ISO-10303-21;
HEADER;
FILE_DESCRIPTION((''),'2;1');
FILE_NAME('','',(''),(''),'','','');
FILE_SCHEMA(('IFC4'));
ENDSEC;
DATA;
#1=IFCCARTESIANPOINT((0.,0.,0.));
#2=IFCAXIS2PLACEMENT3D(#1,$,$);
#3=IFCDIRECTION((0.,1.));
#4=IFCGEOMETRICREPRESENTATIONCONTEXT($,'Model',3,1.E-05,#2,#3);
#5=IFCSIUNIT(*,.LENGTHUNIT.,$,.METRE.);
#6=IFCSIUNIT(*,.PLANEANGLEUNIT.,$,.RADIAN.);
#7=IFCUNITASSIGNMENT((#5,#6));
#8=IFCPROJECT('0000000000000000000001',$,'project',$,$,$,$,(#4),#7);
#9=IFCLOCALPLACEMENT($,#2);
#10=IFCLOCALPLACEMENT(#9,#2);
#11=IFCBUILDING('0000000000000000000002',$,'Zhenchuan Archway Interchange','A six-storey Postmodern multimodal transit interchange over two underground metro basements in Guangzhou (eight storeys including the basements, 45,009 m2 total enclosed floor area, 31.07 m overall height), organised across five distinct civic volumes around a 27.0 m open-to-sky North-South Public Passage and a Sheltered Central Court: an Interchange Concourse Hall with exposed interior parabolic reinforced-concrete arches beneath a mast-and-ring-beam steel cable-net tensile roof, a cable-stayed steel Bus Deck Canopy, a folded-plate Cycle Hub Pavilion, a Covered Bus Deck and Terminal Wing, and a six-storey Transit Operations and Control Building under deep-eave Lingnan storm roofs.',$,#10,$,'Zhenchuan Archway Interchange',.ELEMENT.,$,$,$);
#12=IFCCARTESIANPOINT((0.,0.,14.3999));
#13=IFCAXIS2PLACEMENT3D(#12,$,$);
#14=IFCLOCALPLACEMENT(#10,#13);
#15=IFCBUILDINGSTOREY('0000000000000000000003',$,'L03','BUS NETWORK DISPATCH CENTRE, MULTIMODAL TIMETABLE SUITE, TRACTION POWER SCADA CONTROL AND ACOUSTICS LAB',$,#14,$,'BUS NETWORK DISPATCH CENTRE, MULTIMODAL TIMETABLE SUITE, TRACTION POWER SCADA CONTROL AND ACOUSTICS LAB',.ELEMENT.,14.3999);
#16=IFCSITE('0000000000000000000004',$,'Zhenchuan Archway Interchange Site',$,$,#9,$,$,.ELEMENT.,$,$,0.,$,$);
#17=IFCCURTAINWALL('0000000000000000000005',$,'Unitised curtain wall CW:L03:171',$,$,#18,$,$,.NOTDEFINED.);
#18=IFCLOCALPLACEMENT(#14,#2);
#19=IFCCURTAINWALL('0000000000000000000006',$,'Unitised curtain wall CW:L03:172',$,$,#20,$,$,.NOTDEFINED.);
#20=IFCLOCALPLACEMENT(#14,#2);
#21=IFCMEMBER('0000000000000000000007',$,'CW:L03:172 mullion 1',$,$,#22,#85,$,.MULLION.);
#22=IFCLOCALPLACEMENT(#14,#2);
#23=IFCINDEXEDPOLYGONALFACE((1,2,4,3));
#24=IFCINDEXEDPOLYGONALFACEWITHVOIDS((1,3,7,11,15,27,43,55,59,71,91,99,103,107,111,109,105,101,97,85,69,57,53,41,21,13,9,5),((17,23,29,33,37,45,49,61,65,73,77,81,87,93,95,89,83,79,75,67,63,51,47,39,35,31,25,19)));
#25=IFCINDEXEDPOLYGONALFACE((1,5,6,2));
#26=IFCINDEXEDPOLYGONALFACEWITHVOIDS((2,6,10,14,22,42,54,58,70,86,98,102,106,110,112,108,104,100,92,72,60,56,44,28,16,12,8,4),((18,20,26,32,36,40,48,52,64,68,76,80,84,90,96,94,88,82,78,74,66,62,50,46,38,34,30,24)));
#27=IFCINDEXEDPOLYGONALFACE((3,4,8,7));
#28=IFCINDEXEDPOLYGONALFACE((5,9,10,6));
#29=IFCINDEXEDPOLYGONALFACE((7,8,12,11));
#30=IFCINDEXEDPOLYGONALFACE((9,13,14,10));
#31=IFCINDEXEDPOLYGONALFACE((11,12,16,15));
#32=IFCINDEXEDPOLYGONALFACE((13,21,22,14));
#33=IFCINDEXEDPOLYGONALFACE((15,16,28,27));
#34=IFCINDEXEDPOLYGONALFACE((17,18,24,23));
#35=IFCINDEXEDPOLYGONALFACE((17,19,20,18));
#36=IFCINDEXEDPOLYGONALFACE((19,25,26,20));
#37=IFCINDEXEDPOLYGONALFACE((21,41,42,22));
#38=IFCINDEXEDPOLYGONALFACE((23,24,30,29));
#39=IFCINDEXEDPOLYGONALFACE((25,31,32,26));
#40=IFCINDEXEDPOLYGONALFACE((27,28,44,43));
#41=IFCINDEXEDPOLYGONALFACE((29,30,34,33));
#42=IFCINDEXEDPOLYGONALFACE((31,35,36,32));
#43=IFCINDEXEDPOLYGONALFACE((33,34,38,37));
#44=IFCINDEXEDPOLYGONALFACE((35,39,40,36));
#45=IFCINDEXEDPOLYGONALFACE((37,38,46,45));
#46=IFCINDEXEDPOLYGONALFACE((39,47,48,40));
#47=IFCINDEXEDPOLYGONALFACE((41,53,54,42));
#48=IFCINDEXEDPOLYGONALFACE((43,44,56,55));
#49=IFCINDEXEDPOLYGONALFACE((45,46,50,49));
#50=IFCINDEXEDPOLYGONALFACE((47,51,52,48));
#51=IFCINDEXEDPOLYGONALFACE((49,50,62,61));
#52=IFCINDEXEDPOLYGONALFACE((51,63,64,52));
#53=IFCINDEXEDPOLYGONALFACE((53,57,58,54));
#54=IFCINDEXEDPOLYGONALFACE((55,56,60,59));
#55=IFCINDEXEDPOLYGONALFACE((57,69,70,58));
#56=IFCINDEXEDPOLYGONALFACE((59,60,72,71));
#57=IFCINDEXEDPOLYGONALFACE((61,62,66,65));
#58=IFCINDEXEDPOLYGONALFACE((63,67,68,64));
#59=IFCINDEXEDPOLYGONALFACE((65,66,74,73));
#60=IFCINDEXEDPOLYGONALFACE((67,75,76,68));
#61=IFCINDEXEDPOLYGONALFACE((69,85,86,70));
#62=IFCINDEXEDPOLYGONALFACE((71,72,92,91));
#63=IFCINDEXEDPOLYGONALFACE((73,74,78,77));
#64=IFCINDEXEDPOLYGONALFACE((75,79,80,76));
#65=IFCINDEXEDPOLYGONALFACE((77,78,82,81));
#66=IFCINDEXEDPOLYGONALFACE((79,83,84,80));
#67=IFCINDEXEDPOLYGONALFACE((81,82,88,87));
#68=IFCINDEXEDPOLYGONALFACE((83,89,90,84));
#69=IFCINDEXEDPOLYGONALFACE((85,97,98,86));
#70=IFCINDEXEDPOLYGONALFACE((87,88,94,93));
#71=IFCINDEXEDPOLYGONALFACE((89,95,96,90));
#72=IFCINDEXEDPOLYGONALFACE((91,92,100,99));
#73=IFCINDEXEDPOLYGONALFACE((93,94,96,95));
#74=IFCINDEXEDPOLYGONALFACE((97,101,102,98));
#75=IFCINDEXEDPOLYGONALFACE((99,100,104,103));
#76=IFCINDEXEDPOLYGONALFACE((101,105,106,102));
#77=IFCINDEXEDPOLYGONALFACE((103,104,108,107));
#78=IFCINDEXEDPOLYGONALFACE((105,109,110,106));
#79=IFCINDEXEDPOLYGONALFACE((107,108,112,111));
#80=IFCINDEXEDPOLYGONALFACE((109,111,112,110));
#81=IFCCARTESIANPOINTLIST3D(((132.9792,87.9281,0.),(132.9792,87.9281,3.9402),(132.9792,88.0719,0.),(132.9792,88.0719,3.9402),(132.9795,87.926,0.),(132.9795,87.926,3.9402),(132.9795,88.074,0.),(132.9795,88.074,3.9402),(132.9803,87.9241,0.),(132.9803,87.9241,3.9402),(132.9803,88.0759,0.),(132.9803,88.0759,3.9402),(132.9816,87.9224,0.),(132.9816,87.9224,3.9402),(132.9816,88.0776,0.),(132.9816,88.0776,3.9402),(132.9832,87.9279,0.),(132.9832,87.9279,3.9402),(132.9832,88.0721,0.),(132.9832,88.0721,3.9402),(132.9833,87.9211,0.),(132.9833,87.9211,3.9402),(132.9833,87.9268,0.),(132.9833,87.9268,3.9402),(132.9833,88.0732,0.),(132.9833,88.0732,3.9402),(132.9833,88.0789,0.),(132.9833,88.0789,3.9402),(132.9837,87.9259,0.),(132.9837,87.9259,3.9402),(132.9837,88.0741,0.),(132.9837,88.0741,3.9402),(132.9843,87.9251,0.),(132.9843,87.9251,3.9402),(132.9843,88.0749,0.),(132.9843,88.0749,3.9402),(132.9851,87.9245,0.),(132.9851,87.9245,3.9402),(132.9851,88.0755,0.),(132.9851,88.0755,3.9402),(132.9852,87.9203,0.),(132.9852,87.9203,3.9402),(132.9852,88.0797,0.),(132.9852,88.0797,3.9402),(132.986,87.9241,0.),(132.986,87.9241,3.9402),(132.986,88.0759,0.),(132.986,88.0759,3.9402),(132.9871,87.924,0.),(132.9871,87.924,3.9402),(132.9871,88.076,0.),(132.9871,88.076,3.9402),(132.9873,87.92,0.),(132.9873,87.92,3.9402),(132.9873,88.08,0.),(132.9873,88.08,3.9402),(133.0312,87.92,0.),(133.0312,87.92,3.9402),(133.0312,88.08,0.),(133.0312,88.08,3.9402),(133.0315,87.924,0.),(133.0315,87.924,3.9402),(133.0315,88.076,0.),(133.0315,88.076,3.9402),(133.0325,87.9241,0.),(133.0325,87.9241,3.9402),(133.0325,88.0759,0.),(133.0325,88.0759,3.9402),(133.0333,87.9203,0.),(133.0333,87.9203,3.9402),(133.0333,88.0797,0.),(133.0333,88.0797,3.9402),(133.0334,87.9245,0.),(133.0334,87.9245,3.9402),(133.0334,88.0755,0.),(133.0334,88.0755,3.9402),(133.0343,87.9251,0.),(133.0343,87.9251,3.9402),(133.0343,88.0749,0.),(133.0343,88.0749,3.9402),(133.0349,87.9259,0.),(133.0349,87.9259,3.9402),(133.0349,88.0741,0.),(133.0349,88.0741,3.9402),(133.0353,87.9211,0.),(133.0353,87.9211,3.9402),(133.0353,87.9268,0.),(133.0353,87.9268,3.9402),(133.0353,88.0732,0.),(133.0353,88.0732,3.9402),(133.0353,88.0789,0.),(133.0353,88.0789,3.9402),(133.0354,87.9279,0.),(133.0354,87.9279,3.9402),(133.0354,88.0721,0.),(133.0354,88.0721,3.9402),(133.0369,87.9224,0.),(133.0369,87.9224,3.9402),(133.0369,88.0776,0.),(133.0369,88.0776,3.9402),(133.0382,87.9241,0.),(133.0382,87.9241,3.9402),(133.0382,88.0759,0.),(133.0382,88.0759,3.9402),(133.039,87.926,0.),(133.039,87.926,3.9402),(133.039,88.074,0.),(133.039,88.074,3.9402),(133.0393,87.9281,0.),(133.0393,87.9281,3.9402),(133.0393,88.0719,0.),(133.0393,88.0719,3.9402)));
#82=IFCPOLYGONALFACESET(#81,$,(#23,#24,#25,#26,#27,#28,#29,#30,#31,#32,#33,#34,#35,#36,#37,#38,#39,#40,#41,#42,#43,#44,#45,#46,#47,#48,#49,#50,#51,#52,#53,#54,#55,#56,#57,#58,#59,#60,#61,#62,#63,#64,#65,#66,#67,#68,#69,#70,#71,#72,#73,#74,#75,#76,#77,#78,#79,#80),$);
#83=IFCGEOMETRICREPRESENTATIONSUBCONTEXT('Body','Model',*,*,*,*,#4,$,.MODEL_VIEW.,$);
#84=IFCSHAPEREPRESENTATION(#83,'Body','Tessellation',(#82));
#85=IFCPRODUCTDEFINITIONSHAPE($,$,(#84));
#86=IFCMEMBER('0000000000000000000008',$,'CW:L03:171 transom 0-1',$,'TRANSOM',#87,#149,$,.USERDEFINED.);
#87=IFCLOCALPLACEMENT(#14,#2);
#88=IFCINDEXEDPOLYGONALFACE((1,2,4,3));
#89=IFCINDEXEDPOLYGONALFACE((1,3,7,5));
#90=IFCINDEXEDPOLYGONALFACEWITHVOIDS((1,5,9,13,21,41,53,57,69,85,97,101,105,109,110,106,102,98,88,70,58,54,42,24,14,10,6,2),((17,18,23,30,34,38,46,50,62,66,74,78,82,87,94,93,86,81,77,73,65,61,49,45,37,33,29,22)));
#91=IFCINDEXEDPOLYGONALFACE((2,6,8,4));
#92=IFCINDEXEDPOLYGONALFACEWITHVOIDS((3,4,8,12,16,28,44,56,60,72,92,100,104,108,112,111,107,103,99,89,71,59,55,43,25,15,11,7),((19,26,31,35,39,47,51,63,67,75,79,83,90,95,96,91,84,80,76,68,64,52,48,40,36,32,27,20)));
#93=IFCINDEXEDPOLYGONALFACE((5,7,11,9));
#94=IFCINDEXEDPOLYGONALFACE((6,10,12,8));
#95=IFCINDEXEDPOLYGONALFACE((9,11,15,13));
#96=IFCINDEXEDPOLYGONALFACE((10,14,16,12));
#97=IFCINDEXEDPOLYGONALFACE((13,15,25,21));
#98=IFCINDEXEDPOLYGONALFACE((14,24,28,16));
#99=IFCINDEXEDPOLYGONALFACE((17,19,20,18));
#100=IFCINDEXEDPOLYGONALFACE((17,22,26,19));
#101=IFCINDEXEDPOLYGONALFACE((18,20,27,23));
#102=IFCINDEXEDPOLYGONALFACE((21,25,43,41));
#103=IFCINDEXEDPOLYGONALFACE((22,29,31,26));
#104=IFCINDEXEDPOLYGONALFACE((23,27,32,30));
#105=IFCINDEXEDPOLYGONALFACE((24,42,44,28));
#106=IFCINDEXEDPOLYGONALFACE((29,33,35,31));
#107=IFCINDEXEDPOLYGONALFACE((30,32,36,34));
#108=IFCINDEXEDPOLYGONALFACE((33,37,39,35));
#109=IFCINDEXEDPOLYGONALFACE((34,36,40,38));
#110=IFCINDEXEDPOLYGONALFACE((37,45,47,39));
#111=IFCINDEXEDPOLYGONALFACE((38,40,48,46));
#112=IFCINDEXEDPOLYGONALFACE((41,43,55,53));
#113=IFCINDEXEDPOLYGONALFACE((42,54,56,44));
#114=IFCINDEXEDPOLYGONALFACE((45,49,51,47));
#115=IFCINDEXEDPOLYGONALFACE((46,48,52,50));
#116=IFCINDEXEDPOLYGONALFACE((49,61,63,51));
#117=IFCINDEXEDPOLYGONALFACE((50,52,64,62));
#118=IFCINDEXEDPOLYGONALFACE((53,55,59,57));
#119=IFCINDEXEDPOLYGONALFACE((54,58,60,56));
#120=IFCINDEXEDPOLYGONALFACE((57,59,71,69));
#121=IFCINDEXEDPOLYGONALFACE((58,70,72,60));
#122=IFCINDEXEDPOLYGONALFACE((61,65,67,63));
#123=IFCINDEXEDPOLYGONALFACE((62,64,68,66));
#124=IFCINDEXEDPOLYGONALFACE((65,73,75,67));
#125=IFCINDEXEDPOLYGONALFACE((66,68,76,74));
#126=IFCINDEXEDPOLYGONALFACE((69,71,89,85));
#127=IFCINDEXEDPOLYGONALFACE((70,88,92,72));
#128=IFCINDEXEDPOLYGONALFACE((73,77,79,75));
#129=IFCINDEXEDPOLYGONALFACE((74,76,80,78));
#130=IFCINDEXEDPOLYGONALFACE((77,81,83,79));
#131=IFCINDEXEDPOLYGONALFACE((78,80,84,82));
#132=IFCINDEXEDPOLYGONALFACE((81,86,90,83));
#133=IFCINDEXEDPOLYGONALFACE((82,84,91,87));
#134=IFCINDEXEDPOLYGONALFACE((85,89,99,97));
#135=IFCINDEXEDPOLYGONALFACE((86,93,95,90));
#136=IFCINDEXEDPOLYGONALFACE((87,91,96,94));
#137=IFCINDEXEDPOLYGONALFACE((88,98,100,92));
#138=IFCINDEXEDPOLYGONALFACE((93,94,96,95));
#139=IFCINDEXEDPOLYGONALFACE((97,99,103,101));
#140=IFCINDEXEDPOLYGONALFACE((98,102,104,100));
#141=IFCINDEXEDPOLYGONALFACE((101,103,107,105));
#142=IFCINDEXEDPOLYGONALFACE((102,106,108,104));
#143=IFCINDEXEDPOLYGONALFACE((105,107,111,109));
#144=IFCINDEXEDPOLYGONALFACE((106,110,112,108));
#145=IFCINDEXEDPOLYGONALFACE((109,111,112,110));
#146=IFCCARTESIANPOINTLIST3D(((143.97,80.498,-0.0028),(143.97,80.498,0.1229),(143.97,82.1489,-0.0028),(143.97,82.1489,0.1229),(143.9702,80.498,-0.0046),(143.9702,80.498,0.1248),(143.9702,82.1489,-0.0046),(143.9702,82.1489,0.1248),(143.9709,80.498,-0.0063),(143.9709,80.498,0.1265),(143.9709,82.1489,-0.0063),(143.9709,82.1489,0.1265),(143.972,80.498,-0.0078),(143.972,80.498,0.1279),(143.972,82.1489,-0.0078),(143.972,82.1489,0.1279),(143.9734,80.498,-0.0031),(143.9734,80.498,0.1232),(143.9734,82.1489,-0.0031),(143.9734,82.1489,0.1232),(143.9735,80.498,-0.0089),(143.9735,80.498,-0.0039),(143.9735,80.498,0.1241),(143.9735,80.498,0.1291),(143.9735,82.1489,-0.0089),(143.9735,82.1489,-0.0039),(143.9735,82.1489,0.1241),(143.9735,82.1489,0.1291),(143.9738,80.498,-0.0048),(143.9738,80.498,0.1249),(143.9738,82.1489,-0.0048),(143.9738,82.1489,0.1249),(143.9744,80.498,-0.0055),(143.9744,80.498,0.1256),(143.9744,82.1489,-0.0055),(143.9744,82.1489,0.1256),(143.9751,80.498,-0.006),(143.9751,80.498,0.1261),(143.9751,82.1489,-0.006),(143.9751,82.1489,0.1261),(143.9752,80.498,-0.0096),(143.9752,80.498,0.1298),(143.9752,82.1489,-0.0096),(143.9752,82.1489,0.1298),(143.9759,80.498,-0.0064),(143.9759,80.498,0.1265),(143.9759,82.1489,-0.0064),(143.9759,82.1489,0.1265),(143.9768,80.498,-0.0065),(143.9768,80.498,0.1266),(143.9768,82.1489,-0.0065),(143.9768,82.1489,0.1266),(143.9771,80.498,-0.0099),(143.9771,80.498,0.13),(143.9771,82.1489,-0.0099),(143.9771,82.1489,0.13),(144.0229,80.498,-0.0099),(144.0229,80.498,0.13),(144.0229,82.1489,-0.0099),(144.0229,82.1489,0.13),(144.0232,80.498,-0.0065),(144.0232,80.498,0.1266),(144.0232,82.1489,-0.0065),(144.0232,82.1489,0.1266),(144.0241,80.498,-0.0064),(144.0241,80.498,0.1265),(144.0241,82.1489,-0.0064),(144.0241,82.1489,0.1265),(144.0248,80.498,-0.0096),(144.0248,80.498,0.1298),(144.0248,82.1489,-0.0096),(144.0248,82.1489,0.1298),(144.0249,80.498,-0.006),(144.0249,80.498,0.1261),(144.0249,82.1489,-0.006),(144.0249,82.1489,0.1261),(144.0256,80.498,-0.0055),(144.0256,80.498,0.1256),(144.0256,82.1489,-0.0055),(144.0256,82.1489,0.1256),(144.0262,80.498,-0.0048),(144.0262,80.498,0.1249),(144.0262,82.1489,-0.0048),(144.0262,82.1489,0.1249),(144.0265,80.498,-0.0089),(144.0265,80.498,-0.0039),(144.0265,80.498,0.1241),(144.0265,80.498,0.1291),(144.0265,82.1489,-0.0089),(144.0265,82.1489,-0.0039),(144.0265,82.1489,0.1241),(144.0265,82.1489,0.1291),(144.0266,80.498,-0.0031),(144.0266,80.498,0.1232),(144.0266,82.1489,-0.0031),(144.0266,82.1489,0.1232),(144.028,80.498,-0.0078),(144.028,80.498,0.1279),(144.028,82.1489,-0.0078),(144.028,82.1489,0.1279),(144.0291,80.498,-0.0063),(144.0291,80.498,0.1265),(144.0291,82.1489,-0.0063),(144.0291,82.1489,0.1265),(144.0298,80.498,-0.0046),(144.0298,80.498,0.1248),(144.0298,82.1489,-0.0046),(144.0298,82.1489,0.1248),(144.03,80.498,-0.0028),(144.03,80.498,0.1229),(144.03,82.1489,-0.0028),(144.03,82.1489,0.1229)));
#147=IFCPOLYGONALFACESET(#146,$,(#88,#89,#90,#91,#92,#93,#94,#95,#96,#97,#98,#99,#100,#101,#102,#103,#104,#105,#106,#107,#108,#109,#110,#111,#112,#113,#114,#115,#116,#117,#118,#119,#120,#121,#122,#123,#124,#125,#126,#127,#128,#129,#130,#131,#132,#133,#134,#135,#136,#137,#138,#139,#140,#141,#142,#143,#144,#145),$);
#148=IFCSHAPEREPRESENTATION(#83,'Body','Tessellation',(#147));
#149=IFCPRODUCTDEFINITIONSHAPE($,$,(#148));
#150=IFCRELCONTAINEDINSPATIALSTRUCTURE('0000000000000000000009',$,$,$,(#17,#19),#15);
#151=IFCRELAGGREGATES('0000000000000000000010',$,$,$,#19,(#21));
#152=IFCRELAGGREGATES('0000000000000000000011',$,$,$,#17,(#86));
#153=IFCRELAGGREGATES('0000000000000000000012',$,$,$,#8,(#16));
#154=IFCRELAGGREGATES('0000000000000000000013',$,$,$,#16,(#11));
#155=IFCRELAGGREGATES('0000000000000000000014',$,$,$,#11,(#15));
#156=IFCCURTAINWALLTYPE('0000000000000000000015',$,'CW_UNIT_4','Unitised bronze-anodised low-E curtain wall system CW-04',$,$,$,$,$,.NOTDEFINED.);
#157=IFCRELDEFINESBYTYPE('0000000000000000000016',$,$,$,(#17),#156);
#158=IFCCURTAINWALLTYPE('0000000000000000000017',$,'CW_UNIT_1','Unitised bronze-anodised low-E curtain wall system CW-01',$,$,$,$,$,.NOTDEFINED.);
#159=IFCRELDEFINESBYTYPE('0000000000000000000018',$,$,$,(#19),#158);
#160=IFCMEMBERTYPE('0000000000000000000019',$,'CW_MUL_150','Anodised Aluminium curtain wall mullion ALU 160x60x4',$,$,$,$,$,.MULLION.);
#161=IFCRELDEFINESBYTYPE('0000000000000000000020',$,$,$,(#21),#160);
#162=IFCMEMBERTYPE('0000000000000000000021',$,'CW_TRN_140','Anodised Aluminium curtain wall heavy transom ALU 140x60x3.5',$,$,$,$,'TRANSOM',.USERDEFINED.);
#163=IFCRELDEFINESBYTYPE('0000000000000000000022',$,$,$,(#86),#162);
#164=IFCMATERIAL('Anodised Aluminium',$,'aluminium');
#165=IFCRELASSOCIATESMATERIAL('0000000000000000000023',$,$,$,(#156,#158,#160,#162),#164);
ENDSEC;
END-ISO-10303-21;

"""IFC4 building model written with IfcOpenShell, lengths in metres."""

from ifc_helpers import new_model, si_unit, direction, frame, origin, origin_2d, place, context, subcontext, project, spatial, hollow_rectangle, extrude, material, material_profile, profile_set, type_object, element, aggregate, save


model = new_model("IFC4")

# Units and contexts
model_context = context("Model", 3, precision=1e-05, world=origin(), true_north=direction((0.0, 1.0)))
body_context = subcontext(model_context, "Body", "Model", "MODEL_VIEW")
ifc_project = project(units=[si_unit("LENGTHUNIT", "METRE"), si_unit("PLANEANGLEUNIT", "RADIAN")], contexts=[model_context])

# Site, building, storey
site_placement = place(None, origin())
site = spatial("IfcSite", under=ifc_project, at=site_placement, Name="Zhenchuan Archway Interchange Site", CompositionType="ELEMENT", RefElevation=0.0)
building_placement = place(site_placement, origin())
building = spatial("IfcBuilding", under=site, at=building_placement, Name="Zhenchuan Archway Interchange", Description="A six-storey Postmodern multimodal transit interchange over two underground metro basements in Guangzhou (eight storeys including the basements, 45,009 m2 total enclosed floor area, 31.07 m overall height), organised across five distinct civic volumes around a 27.0 m open-to-sky North-South Public Passage and a Sheltered Central Court: an Interchange Concourse Hall with exposed interior parabolic reinforced-concrete arches beneath a mast-and-ring-beam steel cable-net tensile roof, a cable-stayed steel Bus Deck Canopy, a folded-plate Cycle Hub Pavilion, a Covered Bus Deck and Terminal Wing, and a six-storey Transit Operations and Control Building under deep-eave Lingnan storm roofs.", LongName="Zhenchuan Archway Interchange", CompositionType="ELEMENT")
storey_placement = place(building_placement, frame((0.0, 0.0, 14.3999)))
storey = spatial("IfcBuildingStorey", under=building, at=storey_placement, Name="L03", Description="BUS NETWORK DISPATCH CENTRE, MULTIMODAL TIMETABLE SUITE, TRACTION POWER SCADA CONTROL AND ACOUSTICS LAB", LongName="BUS NETWORK DISPATCH CENTRE, MULTIMODAL TIMETABLE SUITE, TRACTION POWER SCADA CONTROL AND ACOUSTICS LAB", CompositionType="ELEMENT", Elevation=14.3999)

# Curtain walls, member
ifc_material_1 = material(Name="Anodised Aluminium", Category="aluminium")
curtain_wall_type_1 = type_object("IfcCurtainWallType", Name="CW_UNIT_4", Description="Unitised bronze-anodised low-E curtain wall system CW-04", PredefinedType="NOTDEFINED", material=ifc_material_1)
curtain_wall_1_placement = place(storey_placement, origin())
curtain_wall_1 = element("IfcCurtainWall", 1, at=curtain_wall_1_placement, inside=storey, type_object=curtain_wall_type_1, Name="Unitised curtain wall CW:L03:171", PredefinedType="NOTDEFINED")
ifc_material_profile_1 = material_profile(ifc_material_1, hollow_rectangle(XDim=0.0601, YDim=0.1599, WallThickness=0.0039, InnerFilletRadius=0.0039, OuterFilletRadius=0.0081, at=origin_2d()), Name="ALU 160x60x4")
ifc_profile_set_1 = profile_set([ifc_material_profile_1], Name="Anodised Aluminium")
member_type_1 = type_object("IfcMemberType", Name="CW_MUL_150", Description="Anodised Aluminium curtain wall mullion ALU 160x60x4", PredefinedType="MULLION", material=ifc_profile_set_1)
curtain_wall_type_2 = type_object("IfcCurtainWallType", Name="CW_UNIT_1", Description="Unitised bronze-anodised low-E curtain wall system CW-01", PredefinedType="NOTDEFINED", material=ifc_material_1)
curtain_wall_2_placement = place(storey_placement, origin())
curtain_wall_2 = element("IfcCurtainWall", 2, at=curtain_wall_2_placement, inside=storey, type_object=curtain_wall_type_2, Name="Unitised curtain wall CW:L03:172", PredefinedType="NOTDEFINED")
member_1_placement = place(storey_placement, frame((133.0093, 88.0, 0.0), z_axis=(0.0, 0.0, 1.0), x_axis=(1.0, 0.0, 0.0)))
member_1 = element("IfcMember", 3, at=member_1_placement, type_object=member_type_1, Name="CW:L03:172 mullion 1", PredefinedType="MULLION", context=body_context, shape_type="SweptSolid", body=[
    extrude(hollow_rectangle(XDim=0.0601, YDim=0.1599, WallThickness=0.0039, InnerFilletRadius=0.0039, OuterFilletRadius=0.0081, at=origin_2d()), origin(), (0.0, 0.0, 1.0), 3.9402),
])

# Member
ifc_material_profile_2 = material_profile(ifc_material_1, hollow_rectangle(XDim=0.0601, YDim=0.1399, WallThickness=0.0034, InnerFilletRadius=0.0034, OuterFilletRadius=0.0071, at=origin_2d()), Name="ALU 140x60x3.5")
ifc_profile_set_2 = profile_set([ifc_material_profile_2], Name="Anodised Aluminium")
member_type_2 = type_object("IfcMemberType", Name="CW_TRN_140", Description="Anodised Aluminium curtain wall heavy transom ALU 140x60x3.5", ElementType="TRANSOM", PredefinedType="USERDEFINED", material=ifc_profile_set_2)
member_2_placement = place(storey_placement, frame((144.0, 80.498, 0.0601), z_axis=(0.0, 1.0, 0.0), x_axis=(-1.0, 0.0, 0.0)))
member_2 = element("IfcMember", 4, at=member_2_placement, type_object=member_type_2, Name="CW:L03:171 transom 0-1", ObjectType="TRANSOM", PredefinedType="USERDEFINED", context=body_context, shape_type="SweptSolid", body=[
    extrude(hollow_rectangle(XDim=0.0601, YDim=0.1399, WallThickness=0.0034, InnerFilletRadius=0.0034, OuterFilletRadius=0.0071, at=origin_2d()), origin(), (0.0, 0.0, 1.0), 1.6509),
])

aggregate(curtain_wall_2, [member_1])
aggregate(curtain_wall_1, [member_2])

save(model, "model.ifc")
